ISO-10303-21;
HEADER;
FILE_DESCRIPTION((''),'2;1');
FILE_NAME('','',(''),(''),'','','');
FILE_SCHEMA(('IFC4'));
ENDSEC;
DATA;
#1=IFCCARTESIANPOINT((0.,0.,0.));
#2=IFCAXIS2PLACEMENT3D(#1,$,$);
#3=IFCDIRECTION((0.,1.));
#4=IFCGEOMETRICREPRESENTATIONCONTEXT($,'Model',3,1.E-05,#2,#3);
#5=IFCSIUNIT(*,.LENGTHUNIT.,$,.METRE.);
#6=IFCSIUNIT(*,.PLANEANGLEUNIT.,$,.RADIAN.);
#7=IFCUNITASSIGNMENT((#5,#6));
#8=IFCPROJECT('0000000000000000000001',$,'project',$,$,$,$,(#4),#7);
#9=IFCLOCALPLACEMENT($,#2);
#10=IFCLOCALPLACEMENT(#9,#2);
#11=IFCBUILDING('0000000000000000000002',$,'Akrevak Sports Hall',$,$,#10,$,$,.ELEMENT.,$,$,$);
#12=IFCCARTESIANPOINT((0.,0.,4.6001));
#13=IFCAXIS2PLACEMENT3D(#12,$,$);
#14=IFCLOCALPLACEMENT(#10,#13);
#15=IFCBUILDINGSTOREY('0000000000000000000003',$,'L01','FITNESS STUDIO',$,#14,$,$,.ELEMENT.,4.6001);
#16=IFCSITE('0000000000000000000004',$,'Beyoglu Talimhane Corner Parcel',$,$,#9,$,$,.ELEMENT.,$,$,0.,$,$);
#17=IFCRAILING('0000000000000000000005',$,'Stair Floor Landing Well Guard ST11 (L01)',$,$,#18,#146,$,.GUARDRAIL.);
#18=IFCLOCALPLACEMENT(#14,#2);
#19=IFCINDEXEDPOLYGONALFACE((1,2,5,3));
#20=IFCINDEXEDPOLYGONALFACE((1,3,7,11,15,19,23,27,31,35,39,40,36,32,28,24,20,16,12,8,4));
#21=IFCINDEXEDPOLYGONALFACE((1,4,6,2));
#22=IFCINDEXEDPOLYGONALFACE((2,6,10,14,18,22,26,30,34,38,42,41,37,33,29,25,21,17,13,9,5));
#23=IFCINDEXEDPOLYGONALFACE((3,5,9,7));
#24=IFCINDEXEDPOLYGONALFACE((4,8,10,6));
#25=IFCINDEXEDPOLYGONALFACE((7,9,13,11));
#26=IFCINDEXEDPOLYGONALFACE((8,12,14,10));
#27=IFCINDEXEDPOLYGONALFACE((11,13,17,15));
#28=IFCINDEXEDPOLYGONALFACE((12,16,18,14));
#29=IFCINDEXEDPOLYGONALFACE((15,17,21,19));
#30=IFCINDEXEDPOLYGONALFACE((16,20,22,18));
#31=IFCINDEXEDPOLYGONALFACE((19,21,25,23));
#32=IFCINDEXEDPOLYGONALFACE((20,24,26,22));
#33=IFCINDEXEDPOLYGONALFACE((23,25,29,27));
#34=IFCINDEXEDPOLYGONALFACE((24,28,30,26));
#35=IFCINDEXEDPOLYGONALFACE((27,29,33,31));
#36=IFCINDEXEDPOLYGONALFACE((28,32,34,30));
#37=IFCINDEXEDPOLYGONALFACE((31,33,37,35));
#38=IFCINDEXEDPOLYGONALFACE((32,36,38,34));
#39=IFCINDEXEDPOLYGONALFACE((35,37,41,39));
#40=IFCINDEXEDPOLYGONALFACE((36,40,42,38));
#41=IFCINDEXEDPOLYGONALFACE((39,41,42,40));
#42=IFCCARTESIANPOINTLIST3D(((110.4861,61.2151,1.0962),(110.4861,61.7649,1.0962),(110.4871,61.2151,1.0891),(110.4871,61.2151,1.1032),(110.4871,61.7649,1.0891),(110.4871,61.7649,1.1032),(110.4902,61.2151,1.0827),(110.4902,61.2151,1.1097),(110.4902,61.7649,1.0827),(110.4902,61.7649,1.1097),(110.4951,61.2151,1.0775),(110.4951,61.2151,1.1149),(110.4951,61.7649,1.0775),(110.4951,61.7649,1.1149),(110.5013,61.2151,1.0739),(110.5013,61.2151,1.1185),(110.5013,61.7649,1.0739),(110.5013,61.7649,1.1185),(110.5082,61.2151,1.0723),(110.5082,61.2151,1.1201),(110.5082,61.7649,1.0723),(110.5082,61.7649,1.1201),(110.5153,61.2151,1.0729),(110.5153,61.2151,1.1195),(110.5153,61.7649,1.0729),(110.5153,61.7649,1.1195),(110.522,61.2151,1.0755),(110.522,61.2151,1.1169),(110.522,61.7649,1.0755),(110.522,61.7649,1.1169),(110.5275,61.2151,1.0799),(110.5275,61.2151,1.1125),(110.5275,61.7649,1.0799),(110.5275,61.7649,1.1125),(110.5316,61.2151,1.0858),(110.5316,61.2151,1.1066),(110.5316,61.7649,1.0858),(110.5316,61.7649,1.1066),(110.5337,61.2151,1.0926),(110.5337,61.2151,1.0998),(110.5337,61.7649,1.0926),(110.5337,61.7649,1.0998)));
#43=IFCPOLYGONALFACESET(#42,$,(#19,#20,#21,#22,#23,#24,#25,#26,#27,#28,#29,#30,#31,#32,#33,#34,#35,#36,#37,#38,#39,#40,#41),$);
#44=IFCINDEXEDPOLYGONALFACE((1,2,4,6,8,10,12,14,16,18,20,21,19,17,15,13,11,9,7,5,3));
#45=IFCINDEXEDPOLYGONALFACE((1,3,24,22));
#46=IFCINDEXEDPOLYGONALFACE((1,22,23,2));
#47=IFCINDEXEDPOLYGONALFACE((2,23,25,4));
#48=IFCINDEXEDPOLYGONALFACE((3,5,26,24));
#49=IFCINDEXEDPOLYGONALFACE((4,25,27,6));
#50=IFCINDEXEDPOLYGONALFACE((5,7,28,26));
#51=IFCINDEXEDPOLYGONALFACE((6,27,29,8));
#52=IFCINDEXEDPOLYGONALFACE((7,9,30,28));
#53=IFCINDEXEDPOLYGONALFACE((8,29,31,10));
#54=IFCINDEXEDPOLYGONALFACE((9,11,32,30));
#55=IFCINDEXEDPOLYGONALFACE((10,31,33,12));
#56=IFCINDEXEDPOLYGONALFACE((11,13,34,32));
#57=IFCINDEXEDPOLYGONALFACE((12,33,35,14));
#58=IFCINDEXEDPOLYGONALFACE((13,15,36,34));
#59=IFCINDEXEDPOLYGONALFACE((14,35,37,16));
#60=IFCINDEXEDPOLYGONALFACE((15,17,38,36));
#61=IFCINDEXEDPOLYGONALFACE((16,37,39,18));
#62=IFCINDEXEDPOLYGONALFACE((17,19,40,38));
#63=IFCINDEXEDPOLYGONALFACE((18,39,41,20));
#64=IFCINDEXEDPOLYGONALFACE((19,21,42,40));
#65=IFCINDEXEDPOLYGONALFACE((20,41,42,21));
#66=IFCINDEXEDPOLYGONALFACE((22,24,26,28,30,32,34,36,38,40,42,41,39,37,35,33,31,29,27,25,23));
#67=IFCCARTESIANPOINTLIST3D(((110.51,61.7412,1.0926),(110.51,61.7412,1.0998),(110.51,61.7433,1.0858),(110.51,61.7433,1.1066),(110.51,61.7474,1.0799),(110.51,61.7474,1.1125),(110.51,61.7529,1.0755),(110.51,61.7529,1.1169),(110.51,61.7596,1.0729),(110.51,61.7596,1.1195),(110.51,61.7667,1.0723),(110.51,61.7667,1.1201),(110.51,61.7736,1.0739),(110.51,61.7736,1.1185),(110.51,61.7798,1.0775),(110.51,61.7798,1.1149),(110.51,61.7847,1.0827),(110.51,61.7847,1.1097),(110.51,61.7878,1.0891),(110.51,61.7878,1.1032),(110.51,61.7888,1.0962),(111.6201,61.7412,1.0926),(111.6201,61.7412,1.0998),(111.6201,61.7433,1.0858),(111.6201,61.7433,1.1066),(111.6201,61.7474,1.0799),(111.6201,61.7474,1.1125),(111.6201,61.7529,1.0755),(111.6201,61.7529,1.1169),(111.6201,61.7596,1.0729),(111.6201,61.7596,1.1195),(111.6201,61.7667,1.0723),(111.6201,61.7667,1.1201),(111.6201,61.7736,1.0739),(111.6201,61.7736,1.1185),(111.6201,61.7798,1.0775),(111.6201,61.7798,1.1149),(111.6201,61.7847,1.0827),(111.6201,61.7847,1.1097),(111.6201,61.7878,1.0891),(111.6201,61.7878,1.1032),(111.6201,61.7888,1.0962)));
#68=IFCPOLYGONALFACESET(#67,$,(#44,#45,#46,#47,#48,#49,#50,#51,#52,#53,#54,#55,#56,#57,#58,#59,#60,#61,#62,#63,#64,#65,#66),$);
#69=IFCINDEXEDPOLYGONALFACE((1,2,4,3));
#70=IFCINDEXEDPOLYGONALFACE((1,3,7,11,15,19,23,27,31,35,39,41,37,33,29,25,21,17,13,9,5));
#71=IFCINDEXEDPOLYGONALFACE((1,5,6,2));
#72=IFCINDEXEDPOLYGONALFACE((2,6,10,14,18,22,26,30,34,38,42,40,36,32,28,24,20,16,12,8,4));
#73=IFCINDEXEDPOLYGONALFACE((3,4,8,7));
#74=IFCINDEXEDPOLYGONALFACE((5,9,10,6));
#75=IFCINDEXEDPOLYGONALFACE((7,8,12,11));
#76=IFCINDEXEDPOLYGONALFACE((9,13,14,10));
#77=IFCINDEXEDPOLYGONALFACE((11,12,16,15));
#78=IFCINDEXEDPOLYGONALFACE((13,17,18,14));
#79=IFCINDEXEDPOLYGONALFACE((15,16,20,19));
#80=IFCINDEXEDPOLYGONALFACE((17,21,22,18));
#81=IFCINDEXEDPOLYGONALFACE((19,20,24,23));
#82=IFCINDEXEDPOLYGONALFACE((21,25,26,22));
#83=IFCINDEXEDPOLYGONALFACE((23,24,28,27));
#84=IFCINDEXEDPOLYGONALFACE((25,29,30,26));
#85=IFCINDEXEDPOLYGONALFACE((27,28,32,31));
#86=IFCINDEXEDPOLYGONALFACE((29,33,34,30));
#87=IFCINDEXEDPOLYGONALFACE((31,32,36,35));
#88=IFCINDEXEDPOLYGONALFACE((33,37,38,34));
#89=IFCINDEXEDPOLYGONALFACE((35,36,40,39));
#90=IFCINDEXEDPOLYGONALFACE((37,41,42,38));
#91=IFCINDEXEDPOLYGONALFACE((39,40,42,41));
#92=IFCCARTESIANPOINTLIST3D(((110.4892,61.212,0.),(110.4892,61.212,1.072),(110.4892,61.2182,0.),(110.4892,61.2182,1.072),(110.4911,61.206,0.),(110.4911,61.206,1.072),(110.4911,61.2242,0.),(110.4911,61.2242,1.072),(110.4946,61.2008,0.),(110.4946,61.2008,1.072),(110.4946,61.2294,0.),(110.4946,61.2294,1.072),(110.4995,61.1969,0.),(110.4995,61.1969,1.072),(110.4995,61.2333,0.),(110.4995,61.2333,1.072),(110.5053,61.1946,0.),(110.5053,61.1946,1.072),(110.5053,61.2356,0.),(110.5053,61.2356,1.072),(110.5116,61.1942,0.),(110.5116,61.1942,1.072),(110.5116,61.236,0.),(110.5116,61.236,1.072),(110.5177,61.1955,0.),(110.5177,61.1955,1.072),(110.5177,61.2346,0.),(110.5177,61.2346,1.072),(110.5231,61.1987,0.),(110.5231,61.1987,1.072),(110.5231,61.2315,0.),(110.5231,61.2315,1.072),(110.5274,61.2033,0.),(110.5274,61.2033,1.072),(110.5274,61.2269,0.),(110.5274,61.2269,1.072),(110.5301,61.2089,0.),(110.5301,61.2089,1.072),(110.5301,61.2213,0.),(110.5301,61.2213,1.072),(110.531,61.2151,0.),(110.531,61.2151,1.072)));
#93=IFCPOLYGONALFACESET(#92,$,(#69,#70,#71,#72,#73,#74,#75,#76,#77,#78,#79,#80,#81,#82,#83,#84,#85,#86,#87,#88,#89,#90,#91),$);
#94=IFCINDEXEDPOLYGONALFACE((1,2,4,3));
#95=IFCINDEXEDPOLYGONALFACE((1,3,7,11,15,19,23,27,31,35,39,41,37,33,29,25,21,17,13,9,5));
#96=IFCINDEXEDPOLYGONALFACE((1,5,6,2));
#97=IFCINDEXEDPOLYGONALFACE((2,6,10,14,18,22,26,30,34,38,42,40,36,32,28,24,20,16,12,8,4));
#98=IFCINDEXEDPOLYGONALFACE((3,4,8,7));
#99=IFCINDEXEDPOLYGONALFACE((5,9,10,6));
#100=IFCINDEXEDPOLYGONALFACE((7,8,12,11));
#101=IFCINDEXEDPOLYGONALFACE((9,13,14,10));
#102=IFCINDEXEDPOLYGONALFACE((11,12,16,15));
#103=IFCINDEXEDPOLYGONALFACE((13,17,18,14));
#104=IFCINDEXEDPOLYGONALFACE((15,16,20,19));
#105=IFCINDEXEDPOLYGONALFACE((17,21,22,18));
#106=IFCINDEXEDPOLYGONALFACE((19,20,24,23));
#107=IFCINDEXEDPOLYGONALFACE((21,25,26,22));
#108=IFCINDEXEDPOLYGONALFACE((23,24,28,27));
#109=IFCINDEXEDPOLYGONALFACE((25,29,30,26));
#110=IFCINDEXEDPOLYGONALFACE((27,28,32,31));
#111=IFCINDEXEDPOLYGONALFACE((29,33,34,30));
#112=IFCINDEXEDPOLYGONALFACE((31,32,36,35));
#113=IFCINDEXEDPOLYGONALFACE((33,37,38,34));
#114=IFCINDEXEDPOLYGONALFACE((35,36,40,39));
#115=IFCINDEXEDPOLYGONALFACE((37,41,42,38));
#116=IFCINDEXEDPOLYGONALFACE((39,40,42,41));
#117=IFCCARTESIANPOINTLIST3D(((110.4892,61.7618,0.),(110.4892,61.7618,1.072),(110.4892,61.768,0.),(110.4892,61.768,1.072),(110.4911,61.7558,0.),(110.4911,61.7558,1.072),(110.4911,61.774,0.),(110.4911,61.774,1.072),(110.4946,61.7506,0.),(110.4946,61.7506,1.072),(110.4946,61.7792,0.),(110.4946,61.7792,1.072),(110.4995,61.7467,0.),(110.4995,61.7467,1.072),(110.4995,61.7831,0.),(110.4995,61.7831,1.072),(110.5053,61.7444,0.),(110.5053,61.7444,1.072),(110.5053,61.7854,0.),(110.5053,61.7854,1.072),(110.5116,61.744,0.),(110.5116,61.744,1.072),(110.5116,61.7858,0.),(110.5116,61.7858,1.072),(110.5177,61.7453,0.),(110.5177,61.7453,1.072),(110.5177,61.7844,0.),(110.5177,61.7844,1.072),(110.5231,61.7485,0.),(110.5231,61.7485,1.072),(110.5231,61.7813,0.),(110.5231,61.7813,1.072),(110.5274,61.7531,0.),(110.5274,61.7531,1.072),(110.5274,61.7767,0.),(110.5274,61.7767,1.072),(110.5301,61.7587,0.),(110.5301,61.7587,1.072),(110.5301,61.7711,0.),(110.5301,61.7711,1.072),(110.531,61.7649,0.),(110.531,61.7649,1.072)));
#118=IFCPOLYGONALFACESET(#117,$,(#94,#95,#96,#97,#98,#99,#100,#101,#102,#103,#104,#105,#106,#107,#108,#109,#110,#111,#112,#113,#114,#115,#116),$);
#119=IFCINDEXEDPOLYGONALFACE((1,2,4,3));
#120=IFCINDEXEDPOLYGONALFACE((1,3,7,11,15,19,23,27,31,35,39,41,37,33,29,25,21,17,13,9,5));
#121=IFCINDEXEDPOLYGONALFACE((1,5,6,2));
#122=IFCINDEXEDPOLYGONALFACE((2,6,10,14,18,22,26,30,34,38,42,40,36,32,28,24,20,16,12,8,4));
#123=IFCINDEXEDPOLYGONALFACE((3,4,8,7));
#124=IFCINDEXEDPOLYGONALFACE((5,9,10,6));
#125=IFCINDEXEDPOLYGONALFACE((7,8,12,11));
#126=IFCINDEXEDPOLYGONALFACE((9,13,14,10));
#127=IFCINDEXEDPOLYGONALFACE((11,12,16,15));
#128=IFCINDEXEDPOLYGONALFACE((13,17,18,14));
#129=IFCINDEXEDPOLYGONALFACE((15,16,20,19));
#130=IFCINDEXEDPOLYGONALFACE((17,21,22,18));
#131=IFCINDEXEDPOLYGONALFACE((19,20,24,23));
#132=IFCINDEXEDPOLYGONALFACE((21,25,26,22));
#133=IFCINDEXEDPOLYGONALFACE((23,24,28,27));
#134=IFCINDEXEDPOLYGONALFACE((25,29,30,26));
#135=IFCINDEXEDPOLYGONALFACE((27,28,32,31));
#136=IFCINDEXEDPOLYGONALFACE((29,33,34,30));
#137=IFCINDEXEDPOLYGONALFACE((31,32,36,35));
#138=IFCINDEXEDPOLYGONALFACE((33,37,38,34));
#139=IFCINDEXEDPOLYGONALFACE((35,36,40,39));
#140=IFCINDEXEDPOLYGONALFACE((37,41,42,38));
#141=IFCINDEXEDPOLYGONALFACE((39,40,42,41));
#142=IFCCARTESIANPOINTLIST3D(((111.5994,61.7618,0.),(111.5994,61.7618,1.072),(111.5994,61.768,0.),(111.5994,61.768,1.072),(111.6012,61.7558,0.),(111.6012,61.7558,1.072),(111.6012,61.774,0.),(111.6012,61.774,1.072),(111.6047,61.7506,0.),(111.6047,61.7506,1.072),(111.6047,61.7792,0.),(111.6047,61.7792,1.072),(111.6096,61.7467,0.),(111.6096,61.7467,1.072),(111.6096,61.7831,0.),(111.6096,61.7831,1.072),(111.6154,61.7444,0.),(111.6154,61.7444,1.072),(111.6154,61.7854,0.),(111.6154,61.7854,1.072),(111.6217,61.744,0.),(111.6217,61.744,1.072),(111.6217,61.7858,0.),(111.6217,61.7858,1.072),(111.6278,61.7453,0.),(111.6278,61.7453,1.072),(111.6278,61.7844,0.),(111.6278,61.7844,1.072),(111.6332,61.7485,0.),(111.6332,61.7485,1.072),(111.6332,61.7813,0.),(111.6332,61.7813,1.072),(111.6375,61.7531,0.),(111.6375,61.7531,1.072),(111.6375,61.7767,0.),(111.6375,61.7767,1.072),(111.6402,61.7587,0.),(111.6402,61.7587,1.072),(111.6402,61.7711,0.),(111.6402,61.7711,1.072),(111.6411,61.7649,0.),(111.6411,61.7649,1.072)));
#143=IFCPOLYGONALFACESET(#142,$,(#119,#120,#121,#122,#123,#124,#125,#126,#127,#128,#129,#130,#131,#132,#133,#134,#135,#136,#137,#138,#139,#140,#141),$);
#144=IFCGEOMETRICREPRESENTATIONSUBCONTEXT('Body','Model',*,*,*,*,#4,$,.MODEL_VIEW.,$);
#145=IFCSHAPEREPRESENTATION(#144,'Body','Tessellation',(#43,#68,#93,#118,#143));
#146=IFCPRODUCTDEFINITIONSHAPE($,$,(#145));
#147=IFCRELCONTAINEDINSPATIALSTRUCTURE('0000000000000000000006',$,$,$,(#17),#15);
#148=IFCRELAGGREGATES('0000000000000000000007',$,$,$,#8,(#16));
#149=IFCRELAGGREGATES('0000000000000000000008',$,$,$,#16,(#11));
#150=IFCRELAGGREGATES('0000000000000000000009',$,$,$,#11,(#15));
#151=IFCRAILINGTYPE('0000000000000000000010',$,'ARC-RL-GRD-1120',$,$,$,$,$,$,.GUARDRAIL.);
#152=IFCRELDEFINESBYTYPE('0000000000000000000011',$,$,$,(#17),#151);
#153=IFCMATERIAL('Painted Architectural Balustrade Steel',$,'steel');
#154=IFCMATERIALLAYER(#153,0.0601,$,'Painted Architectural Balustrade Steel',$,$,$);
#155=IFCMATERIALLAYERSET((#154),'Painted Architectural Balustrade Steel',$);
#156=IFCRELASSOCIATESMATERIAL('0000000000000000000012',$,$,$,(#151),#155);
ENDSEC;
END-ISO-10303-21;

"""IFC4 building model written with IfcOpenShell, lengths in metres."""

from ifc_helpers import new_model, si_unit, direction, frame, origin, origin_2d, place, context, subcontext, project, spatial, circle, extrude, material, layer, layer_set, type_object, element, save


model = new_model("IFC4")

# Units and contexts
model_context = context("Model", 3, precision=1e-05, world=origin(), true_north=direction((0.0, 1.0)))
body_context = subcontext(model_context, "Body", "Model", "MODEL_VIEW")
ifc_project = project(units=[si_unit("LENGTHUNIT", "METRE"), si_unit("PLANEANGLEUNIT", "RADIAN")], contexts=[model_context])

# Site, building, storey
site_placement = place(None, origin())
site = spatial("IfcSite", under=ifc_project, at=site_placement, Name="Beyoglu Talimhane Corner Parcel", CompositionType="ELEMENT", RefElevation=0.0)
building_placement = place(site_placement, origin())
building = spatial("IfcBuilding", under=site, at=building_placement, Name="Akrevak Sports Hall", CompositionType="ELEMENT")
storey_placement = place(building_placement, frame((0.0, 0.0, 4.6001)))
storey = spatial("IfcBuildingStorey", under=building, at=storey_placement, Name="L01", Description="FITNESS STUDIO", CompositionType="ELEMENT", Elevation=4.6001)

# Railing
ifc_material_1 = material(Name="Painted Architectural Balustrade Steel", Category="steel")
ifc_layer_1 = layer(ifc_material_1, 0.0601, Name="Painted Architectural Balustrade Steel")
ifc_layer_set_1 = layer_set([ifc_layer_1], Name="Painted Architectural Balustrade Steel")
railing_type_1 = type_object("IfcRailingType", Name="ARC-RL-GRD-1120", PredefinedType="GUARDRAIL", material=ifc_layer_set_1)
railing_1_placement = place(storey_placement, frame((110.51, 61.2151, 0.0)))
element("IfcRailing", 1, at=railing_1_placement, inside=storey, type_object=railing_type_1, Name="Stair Floor Landing Well Guard ST11 (L01)", PredefinedType="GUARDRAIL", context=body_context, shape_type="SweptSolid", body=[
    extrude(circle(Radius=0.0239, at=origin_2d()), frame((0.0, 0.0, 1.0962), z_axis=(0.0, 1.0, 0.0), x_axis=(-1.0, 0.0, 0.0)), (0.0, 0.0, 1.0), 0.5498),
    extrude(circle(Radius=0.0239, at=origin_2d()), frame((0.0, 0.5498, 1.0962), z_axis=(1.0, 0.0, 0.0), x_axis=(0.0, 1.0, 0.0)), (0.0, 0.0, 1.0), 1.1101),
    extrude(circle(Radius=0.021, at=origin_2d()), origin(), (0.0, 0.0, 1.0), 1.072),
    extrude(circle(Radius=0.021, at=origin_2d()), frame((0.0, 0.5498, 0.0)), (0.0, 0.0, 1.0), 1.072),
    extrude(circle(Radius=0.021, at=origin_2d()), frame((1.1101, 0.5498, 0.0)), (0.0, 0.0, 1.0), 1.072),
])

save(model, "model.ifc")
